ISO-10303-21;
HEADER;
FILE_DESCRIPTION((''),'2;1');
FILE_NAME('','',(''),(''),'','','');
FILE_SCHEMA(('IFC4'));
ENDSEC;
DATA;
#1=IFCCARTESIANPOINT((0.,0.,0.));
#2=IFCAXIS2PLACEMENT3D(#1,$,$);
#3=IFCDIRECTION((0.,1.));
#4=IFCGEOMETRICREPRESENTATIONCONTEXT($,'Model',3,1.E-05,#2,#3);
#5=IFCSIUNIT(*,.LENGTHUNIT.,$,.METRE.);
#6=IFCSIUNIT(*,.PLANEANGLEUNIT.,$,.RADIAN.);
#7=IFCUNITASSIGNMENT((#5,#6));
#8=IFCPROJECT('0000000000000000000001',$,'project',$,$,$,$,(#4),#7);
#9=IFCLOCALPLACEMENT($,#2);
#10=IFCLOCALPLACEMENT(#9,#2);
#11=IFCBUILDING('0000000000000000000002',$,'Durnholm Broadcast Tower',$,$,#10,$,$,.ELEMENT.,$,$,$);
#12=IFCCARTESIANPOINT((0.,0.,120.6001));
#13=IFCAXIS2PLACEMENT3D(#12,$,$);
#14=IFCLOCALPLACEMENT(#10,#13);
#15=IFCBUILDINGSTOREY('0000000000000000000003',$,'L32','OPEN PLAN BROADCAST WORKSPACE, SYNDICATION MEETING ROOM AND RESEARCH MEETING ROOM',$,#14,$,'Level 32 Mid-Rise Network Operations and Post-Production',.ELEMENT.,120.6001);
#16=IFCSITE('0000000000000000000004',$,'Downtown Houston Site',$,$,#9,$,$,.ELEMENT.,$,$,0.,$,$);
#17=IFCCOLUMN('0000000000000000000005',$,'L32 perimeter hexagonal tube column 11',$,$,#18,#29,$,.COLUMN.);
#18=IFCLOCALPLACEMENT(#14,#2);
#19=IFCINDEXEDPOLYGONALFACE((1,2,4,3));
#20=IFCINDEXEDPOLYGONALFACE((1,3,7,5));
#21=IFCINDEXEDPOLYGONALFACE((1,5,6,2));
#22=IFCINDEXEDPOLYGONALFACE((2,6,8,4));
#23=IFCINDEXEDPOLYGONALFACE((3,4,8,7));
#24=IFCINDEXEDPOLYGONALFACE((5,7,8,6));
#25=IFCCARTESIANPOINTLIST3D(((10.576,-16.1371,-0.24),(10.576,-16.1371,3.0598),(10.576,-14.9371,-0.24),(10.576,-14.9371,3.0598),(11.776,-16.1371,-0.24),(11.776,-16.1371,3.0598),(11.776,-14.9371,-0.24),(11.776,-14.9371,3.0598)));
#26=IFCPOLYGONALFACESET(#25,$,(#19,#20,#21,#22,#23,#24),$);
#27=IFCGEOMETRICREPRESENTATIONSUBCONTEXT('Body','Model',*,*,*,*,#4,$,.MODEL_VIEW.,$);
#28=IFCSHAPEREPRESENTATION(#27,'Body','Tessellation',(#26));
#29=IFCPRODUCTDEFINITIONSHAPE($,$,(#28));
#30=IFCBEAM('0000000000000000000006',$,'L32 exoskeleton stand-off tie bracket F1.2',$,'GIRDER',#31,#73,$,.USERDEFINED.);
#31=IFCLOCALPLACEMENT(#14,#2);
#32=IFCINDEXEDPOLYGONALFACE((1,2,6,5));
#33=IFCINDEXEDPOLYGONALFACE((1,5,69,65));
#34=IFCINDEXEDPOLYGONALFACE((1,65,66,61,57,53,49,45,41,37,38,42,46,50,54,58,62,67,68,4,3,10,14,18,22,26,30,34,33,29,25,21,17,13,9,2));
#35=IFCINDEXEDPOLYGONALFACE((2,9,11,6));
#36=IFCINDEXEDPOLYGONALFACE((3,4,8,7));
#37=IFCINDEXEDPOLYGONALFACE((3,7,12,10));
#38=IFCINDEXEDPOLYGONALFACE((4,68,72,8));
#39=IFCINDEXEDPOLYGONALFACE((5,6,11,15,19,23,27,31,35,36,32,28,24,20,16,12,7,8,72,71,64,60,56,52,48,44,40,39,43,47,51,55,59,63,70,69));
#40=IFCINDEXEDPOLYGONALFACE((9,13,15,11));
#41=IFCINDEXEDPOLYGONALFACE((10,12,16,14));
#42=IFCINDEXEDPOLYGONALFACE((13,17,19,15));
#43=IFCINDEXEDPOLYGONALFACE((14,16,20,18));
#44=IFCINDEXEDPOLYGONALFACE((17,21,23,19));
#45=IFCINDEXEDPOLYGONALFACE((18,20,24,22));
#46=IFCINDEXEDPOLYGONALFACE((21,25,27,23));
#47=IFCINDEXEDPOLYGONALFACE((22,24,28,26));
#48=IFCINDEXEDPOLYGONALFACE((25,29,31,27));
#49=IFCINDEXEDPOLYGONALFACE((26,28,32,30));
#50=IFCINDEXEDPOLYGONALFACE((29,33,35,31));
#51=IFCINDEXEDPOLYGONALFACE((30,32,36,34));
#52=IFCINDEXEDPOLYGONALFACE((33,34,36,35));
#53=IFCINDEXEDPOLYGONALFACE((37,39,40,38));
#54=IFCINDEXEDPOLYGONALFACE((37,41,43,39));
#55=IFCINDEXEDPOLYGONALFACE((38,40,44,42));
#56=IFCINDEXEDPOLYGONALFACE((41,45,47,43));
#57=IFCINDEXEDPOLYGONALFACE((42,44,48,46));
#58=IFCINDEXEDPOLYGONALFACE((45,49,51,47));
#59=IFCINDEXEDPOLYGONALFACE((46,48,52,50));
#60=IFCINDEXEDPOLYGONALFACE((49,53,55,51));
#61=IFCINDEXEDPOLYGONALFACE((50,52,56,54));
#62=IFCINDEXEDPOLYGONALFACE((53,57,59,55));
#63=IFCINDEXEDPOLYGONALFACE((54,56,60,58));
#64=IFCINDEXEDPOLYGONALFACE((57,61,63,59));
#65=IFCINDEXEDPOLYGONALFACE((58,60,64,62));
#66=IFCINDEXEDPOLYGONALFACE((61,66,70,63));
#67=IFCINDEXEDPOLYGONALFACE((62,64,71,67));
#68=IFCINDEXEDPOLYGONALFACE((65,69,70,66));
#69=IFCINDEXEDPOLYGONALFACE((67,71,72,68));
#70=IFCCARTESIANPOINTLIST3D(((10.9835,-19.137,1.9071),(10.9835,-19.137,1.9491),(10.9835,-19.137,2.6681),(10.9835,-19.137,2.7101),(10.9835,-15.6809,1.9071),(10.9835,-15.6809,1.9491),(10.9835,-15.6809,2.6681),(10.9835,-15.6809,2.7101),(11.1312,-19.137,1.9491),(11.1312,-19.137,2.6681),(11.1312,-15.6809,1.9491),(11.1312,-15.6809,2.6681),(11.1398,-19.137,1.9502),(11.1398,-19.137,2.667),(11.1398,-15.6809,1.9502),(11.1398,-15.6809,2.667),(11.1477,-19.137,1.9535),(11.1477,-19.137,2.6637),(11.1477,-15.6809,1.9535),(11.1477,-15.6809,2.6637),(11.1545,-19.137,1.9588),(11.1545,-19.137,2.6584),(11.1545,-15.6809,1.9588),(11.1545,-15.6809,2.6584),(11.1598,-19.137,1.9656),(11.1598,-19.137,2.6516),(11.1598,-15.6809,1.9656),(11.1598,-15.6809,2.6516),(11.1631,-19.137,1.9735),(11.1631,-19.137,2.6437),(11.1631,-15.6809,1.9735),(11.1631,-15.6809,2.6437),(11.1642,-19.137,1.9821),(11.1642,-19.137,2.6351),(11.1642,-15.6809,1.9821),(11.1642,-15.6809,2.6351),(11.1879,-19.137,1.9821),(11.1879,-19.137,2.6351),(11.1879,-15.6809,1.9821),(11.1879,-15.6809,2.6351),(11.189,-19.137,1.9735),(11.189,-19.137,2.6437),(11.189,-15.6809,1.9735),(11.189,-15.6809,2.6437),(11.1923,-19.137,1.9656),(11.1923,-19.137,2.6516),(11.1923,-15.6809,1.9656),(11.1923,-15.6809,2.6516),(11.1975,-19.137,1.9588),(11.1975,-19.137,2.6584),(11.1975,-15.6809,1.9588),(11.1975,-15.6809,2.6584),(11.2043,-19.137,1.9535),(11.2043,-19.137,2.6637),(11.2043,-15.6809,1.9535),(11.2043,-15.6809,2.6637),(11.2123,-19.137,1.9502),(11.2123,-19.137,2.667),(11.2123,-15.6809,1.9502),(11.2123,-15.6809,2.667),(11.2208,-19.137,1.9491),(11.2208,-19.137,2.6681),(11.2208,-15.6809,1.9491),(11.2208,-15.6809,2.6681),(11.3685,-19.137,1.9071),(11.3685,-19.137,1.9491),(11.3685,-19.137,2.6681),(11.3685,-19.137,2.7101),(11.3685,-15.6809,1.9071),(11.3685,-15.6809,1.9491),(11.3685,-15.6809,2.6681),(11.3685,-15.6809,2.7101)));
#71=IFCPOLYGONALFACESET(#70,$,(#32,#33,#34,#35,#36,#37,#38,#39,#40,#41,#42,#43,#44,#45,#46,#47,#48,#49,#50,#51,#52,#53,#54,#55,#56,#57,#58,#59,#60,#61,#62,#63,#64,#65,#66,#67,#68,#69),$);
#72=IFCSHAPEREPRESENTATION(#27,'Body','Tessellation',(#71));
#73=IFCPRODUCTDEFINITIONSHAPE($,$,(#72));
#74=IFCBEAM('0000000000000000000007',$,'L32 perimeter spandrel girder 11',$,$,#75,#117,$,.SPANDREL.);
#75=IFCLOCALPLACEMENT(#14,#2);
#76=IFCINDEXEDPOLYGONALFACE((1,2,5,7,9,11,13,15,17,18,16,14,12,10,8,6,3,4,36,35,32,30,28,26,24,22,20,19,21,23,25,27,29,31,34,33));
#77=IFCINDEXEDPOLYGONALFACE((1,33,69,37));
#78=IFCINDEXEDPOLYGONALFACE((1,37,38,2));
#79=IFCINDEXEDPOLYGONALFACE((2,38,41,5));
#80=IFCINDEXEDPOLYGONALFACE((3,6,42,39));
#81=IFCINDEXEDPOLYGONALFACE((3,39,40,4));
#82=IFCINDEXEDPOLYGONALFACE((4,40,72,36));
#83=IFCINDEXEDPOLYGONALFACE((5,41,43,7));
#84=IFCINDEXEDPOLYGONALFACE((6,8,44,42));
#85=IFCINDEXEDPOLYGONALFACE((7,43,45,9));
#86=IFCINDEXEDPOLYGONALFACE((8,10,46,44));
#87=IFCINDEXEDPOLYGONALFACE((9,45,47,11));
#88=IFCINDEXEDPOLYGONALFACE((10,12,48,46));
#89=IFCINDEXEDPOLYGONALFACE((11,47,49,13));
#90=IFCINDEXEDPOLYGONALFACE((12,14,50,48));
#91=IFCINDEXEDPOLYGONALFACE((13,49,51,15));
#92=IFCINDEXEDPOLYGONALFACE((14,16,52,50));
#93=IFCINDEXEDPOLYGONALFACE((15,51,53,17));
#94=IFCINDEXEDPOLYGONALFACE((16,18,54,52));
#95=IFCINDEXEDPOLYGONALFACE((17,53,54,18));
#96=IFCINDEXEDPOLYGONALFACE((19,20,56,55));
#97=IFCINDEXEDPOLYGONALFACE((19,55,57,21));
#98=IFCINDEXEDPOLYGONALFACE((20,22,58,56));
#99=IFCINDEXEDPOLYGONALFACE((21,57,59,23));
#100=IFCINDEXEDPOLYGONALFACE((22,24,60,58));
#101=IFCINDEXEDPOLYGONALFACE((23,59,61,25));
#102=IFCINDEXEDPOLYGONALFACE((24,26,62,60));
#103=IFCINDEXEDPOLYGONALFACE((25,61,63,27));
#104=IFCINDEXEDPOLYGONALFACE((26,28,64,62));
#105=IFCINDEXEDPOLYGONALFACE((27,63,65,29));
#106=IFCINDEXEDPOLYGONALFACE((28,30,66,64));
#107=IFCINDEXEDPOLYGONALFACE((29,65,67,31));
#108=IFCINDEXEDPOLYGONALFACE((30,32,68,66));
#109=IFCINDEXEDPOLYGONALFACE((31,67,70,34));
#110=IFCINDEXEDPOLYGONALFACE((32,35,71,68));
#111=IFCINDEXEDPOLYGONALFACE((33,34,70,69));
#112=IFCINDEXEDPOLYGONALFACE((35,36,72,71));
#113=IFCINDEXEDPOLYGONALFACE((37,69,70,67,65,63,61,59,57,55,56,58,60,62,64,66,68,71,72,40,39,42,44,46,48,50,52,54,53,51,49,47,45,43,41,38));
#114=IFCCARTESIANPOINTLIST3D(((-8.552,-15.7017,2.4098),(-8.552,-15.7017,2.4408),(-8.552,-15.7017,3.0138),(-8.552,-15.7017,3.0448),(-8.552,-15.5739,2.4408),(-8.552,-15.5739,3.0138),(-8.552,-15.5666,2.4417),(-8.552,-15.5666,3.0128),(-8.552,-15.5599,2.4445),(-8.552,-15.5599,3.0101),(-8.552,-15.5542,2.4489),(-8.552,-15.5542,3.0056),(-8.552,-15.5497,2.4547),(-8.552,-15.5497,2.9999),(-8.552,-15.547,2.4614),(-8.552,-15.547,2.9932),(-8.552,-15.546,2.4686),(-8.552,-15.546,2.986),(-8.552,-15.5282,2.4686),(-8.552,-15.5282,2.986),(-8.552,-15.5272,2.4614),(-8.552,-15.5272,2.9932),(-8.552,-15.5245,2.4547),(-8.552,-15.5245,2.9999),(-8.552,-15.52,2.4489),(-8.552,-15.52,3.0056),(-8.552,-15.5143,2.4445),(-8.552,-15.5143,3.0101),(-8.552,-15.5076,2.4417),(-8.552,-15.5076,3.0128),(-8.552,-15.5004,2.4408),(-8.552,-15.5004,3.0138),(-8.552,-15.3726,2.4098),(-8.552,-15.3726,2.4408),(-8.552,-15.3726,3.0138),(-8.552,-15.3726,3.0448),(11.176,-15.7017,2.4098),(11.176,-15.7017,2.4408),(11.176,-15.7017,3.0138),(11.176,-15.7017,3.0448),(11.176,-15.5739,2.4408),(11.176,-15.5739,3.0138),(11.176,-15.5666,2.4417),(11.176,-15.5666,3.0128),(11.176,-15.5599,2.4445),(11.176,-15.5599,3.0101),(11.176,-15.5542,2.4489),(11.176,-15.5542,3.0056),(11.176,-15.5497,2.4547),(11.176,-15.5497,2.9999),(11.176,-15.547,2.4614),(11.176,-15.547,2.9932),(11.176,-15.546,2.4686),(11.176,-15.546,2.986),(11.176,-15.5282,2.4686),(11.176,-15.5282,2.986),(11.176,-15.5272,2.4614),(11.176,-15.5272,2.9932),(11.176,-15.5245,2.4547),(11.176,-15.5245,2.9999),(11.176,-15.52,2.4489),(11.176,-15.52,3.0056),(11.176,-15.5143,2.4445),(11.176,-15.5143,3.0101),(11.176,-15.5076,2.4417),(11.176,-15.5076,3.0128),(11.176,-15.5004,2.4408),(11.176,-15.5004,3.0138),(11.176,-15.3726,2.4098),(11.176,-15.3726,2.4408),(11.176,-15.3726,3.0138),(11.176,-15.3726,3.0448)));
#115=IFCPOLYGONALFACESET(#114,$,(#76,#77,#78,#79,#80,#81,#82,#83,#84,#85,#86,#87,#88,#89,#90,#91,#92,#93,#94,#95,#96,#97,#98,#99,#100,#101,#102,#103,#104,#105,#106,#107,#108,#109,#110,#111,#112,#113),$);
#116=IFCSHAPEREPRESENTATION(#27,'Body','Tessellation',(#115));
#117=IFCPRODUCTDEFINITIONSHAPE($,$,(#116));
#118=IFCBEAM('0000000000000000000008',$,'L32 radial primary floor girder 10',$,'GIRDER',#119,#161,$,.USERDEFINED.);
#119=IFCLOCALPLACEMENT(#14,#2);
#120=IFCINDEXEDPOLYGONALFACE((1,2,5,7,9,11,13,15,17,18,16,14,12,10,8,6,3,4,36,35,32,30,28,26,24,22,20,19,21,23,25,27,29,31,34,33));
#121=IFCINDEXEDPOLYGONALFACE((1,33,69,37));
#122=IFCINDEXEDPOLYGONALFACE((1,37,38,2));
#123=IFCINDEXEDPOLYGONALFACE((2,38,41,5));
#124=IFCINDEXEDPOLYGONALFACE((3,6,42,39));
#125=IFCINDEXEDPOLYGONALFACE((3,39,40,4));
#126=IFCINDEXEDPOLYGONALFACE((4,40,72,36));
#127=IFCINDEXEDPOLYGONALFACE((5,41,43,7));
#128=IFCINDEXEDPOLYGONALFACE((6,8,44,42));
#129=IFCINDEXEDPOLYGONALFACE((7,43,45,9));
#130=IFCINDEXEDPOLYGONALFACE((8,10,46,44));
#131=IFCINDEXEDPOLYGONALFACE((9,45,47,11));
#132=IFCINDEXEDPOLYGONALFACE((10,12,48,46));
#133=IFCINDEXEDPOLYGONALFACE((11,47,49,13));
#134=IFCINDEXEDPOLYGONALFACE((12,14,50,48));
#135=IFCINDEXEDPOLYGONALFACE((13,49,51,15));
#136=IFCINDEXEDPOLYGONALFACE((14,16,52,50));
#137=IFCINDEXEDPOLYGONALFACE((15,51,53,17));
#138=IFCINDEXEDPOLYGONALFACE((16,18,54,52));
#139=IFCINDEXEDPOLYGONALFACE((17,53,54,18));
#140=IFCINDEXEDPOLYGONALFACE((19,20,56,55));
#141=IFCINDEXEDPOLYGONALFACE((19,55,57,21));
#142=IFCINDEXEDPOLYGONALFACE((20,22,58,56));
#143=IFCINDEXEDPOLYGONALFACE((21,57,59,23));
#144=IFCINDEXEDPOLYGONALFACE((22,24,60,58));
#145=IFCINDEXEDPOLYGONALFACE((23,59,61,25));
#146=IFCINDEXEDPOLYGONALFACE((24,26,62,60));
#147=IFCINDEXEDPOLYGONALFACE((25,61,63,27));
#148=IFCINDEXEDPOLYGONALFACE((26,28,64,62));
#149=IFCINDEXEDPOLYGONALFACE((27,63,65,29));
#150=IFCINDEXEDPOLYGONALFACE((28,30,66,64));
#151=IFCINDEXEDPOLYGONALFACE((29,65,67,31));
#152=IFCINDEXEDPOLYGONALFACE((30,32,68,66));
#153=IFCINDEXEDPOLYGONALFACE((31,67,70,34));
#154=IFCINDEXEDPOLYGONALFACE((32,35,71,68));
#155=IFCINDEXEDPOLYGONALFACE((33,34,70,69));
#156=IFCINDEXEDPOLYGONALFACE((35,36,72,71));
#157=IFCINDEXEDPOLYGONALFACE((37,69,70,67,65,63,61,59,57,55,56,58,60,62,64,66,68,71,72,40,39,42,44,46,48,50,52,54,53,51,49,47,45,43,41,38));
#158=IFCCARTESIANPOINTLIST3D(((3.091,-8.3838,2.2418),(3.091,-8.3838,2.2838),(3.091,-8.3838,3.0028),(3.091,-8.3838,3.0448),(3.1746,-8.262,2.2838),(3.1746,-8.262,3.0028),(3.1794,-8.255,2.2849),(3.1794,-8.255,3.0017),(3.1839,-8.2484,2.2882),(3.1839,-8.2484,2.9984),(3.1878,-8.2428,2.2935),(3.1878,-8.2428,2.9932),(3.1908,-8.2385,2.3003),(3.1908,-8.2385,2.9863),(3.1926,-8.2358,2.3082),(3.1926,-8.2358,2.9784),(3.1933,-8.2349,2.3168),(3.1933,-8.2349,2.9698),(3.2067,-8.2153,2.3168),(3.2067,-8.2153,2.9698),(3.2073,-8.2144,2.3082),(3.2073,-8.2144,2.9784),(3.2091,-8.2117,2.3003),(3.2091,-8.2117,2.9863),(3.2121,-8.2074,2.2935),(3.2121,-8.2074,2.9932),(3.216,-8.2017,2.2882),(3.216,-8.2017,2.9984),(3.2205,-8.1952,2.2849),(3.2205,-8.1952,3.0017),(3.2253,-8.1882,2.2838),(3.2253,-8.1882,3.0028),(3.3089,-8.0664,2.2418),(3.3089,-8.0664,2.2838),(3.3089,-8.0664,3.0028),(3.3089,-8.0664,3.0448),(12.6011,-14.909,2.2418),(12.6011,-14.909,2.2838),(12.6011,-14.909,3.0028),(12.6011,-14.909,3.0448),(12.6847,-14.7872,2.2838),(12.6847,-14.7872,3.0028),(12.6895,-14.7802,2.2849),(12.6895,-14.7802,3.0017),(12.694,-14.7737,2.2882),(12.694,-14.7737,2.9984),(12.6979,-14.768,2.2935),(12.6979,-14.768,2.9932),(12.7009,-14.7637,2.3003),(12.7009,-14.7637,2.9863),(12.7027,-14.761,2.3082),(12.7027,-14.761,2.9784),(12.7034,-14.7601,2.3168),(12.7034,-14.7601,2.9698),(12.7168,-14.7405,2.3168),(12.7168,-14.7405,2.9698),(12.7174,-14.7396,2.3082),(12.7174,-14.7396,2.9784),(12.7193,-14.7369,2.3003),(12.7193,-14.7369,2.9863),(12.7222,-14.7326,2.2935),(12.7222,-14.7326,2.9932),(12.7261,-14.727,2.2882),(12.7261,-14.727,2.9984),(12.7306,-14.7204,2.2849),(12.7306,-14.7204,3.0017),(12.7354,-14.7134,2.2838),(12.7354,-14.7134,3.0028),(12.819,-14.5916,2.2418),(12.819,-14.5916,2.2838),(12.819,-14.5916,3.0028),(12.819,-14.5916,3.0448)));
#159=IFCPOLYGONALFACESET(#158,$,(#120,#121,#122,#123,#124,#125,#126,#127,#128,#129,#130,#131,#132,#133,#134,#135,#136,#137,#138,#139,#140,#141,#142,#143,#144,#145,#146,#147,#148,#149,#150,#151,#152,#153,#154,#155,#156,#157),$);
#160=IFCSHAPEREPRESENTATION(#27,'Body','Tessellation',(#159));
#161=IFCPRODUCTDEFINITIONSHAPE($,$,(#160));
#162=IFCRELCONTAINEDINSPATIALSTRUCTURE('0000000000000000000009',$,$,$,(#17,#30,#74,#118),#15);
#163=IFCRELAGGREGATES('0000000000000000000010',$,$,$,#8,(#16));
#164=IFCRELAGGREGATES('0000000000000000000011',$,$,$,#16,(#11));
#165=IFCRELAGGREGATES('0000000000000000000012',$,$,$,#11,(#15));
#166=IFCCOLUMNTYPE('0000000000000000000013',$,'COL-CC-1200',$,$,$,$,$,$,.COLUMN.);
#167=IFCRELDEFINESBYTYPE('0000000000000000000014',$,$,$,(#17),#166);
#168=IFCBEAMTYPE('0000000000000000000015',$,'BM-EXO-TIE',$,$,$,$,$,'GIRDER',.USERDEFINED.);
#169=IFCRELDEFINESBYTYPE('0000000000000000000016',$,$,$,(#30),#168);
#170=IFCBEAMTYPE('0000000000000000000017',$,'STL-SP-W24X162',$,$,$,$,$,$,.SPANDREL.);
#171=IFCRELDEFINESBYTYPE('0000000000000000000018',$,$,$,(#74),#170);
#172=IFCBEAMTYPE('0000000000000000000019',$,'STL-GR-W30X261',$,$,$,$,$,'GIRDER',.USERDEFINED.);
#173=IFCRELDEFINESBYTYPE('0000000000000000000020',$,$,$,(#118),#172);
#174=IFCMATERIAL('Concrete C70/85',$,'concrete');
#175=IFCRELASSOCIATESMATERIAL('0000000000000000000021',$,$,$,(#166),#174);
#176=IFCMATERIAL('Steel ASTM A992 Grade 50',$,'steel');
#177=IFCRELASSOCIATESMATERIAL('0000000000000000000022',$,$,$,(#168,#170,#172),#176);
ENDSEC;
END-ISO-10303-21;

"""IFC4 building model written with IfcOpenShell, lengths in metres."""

from ifc_helpers import new_model, si_unit, direction, frame, origin, origin_2d, place, context, subcontext, project, spatial, rectangle, i_section, extrude, source, transform, mapped, material, material_profile, profile_set, type_object, type_shapes, element, save


model = new_model("IFC4")

# Units and contexts
model_context = context("Model", 3, precision=1e-05, world=origin(), true_north=direction((0.0, 1.0)))
body_context = subcontext(model_context, "Body", "Model", "MODEL_VIEW")
ifc_project = project(units=[si_unit("LENGTHUNIT", "METRE"), si_unit("PLANEANGLEUNIT", "RADIAN")], contexts=[model_context])

# Site, building, storey
site_placement = place(None, origin())
site = spatial("IfcSite", under=ifc_project, at=site_placement, Name="Downtown Houston Site", CompositionType="ELEMENT", RefElevation=0.0)
building_placement = place(site_placement, origin())
building = spatial("IfcBuilding", under=site, at=building_placement, Name="Durnholm Broadcast Tower", CompositionType="ELEMENT")
storey_placement = place(building_placement, frame((0.0, 0.0, 120.6001)))
storey = spatial("IfcBuildingStorey", under=building, at=storey_placement, Name="L32", Description="OPEN PLAN BROADCAST WORKSPACE, SYNDICATION MEETING ROOM AND RESEARCH MEETING ROOM", LongName="Level 32 Mid-Rise Network Operations and Post-Production", CompositionType="ELEMENT", Elevation=120.6001)

# Column
ifc_material_1 = material(Name="Concrete C70/85", Category="concrete")
ifc_material_profile_1 = material_profile(ifc_material_1, rectangle(XDim=1.2, YDim=1.2, at=origin_2d()), Name="RC1200X1200")
ifc_profile_set_1 = profile_set([ifc_material_profile_1], Name="Concrete C70/85")
column_type = type_object("IfcColumnType", Name="COL-CC-1200", PredefinedType="COLUMN", material=ifc_profile_set_1)
shared_shape_1 = source(origin(), body_context, "Body", "SweptSolid", [
    extrude(rectangle(XDim=1.2, YDim=1.2, at=origin_2d()), origin(), (0.0, 0.0, 1.0), 3.2998),
])
type_shapes(column_type, [shared_shape_1])
column_placement = place(storey_placement, frame((11.176, -15.5371, -0.24), z_axis=(0.0, 0.0, 1.0), x_axis=(1.0, 0.0, 0.0)))
element("IfcColumn", 1, at=column_placement, inside=storey, type_object=column_type, Name="L32 perimeter hexagonal tube column 11", PredefinedType="COLUMN", context=body_context, shape_type="MappedRepresentation", body=[
    mapped(shared_shape_1, transform((0.0, 0.0, 0.0), x_axis=(1.0, 0.0, 0.0), y_axis=(0.0, 1.0, 0.0), z_axis=(0.0, 0.0, 1.0), scale=1.0)),
])

# Beams
ifc_material_2 = material(Name="Steel ASTM A992 Grade 50", Category="steel")
ifc_material_profile_2 = material_profile(ifc_material_2, i_section(OverallWidth=0.385, OverallDepth=0.803, WebThickness=0.0237, FlangeThickness=0.042, FilletRadius=0.033, at=origin_2d()), Name="W30X261")
ifc_profile_set_2 = profile_set([ifc_material_profile_2], Name="Steel ASTM A992 Grade 50")
beam_type_1 = type_object("IfcBeamType", Name="BM-EXO-TIE", ElementType="GIRDER", PredefinedType="USERDEFINED", material=ifc_profile_set_2)
shared_shape_2 = source(origin(), body_context, "Body", "SweptSolid", [
    extrude(i_section(OverallWidth=0.385, OverallDepth=0.803, WebThickness=0.0237, FlangeThickness=0.042, FilletRadius=0.033, at=origin_2d()), origin(), (0.0, 0.0, 1.0), 3.4561),
])
type_shapes(beam_type_1, [shared_shape_2])
beam_1_placement = place(storey_placement, frame((11.176, -15.6809, 2.3086), z_axis=(0.0, -1.0, 0.0), x_axis=(1.0, 0.0, 0.0)))
element("IfcBeam", 2, at=beam_1_placement, inside=storey, type_object=beam_type_1, Name="L32 exoskeleton stand-off tie bracket F1.2", ObjectType="GIRDER", PredefinedType="USERDEFINED", context=body_context, shape_type="MappedRepresentation", body=[
    mapped(shared_shape_2, transform((0.0, 0.0, 0.0), x_axis=(1.0, 0.0, 0.0), y_axis=(0.0, 1.0, 0.0), z_axis=(0.0, 0.0, 1.0), scale=1.0)),
])
ifc_material_profile_3 = material_profile(ifc_material_2, i_section(OverallWidth=0.3291, OverallDepth=0.635, WebThickness=0.0178, FlangeThickness=0.031, FilletRadius=0.0278, at=origin_2d()), Name="W24X162")
ifc_profile_set_3 = profile_set([ifc_material_profile_3], Name="Steel ASTM A992 Grade 50")
beam_type_2 = type_object("IfcBeamType", Name="STL-SP-W24X162", PredefinedType="SPANDREL", material=ifc_profile_set_3)
shared_shape_3 = source(origin(), body_context, "Body", "SweptSolid", [
    extrude(i_section(OverallWidth=0.3291, OverallDepth=0.635, WebThickness=0.0178, FlangeThickness=0.031, FilletRadius=0.0278, at=origin_2d()), origin(), (0.0, 0.0, 1.0), 19.728),
])
type_shapes(beam_type_2, [shared_shape_3])
beam_2_placement = place(storey_placement, frame((11.176, -15.5371, 2.7273), z_axis=(-1.0, 0.0, 0.0), x_axis=(0.0, -1.0, 0.0)))
element("IfcBeam", 3, at=beam_2_placement, inside=storey, type_object=beam_type_2, Name="L32 perimeter spandrel girder 11", PredefinedType="SPANDREL", context=body_context, shape_type="MappedRepresentation", body=[
    mapped(shared_shape_3, transform((0.0, 0.0, 0.0), x_axis=(1.0, 0.0, 0.0), y_axis=(0.0, 1.0, 0.0), z_axis=(0.0, 0.0, 1.0), scale=1.0)),
])
ifc_material_profile_4 = material_profile(ifc_material_2, i_section(OverallWidth=0.385, OverallDepth=0.803, WebThickness=0.0237, FlangeThickness=0.042, FilletRadius=0.033, at=origin_2d()), Name="W30X261")
ifc_profile_set_4 = profile_set([ifc_material_profile_4], Name="Steel ASTM A992 Grade 50")
beam_type_3 = type_object("IfcBeamType", Name="STL-GR-W30X261", ElementType="GIRDER", PredefinedType="USERDEFINED", material=ifc_profile_set_4)
shared_shape_4 = source(origin(), body_context, "Body", "SweptSolid", [
    extrude(i_section(OverallWidth=0.385, OverallDepth=0.803, WebThickness=0.0237, FlangeThickness=0.042, FilletRadius=0.033, at=origin_2d()), origin(), (0.0, 0.0, 1.0), 11.5334),
])
type_shapes(beam_type_3, [shared_shape_4])
beam_3_placement = place(storey_placement, frame((3.2, -8.2251, 2.6433), z_axis=(0.824567, -0.565764, 0.0), x_axis=(0.565764, 0.824567, 0.0)))
element("IfcBeam", 4, at=beam_3_placement, inside=storey, type_object=beam_type_3, Name="L32 radial primary floor girder 10", ObjectType="GIRDER", PredefinedType="USERDEFINED", context=body_context, shape_type="MappedRepresentation", body=[
    mapped(shared_shape_4, transform((0.0, 0.0, 0.0), x_axis=(1.0, 0.0, 0.0), y_axis=(0.0, 1.0, 0.0), z_axis=(0.0, 0.0, 1.0), scale=1.0)),
])

save(model, "model.ifc")
